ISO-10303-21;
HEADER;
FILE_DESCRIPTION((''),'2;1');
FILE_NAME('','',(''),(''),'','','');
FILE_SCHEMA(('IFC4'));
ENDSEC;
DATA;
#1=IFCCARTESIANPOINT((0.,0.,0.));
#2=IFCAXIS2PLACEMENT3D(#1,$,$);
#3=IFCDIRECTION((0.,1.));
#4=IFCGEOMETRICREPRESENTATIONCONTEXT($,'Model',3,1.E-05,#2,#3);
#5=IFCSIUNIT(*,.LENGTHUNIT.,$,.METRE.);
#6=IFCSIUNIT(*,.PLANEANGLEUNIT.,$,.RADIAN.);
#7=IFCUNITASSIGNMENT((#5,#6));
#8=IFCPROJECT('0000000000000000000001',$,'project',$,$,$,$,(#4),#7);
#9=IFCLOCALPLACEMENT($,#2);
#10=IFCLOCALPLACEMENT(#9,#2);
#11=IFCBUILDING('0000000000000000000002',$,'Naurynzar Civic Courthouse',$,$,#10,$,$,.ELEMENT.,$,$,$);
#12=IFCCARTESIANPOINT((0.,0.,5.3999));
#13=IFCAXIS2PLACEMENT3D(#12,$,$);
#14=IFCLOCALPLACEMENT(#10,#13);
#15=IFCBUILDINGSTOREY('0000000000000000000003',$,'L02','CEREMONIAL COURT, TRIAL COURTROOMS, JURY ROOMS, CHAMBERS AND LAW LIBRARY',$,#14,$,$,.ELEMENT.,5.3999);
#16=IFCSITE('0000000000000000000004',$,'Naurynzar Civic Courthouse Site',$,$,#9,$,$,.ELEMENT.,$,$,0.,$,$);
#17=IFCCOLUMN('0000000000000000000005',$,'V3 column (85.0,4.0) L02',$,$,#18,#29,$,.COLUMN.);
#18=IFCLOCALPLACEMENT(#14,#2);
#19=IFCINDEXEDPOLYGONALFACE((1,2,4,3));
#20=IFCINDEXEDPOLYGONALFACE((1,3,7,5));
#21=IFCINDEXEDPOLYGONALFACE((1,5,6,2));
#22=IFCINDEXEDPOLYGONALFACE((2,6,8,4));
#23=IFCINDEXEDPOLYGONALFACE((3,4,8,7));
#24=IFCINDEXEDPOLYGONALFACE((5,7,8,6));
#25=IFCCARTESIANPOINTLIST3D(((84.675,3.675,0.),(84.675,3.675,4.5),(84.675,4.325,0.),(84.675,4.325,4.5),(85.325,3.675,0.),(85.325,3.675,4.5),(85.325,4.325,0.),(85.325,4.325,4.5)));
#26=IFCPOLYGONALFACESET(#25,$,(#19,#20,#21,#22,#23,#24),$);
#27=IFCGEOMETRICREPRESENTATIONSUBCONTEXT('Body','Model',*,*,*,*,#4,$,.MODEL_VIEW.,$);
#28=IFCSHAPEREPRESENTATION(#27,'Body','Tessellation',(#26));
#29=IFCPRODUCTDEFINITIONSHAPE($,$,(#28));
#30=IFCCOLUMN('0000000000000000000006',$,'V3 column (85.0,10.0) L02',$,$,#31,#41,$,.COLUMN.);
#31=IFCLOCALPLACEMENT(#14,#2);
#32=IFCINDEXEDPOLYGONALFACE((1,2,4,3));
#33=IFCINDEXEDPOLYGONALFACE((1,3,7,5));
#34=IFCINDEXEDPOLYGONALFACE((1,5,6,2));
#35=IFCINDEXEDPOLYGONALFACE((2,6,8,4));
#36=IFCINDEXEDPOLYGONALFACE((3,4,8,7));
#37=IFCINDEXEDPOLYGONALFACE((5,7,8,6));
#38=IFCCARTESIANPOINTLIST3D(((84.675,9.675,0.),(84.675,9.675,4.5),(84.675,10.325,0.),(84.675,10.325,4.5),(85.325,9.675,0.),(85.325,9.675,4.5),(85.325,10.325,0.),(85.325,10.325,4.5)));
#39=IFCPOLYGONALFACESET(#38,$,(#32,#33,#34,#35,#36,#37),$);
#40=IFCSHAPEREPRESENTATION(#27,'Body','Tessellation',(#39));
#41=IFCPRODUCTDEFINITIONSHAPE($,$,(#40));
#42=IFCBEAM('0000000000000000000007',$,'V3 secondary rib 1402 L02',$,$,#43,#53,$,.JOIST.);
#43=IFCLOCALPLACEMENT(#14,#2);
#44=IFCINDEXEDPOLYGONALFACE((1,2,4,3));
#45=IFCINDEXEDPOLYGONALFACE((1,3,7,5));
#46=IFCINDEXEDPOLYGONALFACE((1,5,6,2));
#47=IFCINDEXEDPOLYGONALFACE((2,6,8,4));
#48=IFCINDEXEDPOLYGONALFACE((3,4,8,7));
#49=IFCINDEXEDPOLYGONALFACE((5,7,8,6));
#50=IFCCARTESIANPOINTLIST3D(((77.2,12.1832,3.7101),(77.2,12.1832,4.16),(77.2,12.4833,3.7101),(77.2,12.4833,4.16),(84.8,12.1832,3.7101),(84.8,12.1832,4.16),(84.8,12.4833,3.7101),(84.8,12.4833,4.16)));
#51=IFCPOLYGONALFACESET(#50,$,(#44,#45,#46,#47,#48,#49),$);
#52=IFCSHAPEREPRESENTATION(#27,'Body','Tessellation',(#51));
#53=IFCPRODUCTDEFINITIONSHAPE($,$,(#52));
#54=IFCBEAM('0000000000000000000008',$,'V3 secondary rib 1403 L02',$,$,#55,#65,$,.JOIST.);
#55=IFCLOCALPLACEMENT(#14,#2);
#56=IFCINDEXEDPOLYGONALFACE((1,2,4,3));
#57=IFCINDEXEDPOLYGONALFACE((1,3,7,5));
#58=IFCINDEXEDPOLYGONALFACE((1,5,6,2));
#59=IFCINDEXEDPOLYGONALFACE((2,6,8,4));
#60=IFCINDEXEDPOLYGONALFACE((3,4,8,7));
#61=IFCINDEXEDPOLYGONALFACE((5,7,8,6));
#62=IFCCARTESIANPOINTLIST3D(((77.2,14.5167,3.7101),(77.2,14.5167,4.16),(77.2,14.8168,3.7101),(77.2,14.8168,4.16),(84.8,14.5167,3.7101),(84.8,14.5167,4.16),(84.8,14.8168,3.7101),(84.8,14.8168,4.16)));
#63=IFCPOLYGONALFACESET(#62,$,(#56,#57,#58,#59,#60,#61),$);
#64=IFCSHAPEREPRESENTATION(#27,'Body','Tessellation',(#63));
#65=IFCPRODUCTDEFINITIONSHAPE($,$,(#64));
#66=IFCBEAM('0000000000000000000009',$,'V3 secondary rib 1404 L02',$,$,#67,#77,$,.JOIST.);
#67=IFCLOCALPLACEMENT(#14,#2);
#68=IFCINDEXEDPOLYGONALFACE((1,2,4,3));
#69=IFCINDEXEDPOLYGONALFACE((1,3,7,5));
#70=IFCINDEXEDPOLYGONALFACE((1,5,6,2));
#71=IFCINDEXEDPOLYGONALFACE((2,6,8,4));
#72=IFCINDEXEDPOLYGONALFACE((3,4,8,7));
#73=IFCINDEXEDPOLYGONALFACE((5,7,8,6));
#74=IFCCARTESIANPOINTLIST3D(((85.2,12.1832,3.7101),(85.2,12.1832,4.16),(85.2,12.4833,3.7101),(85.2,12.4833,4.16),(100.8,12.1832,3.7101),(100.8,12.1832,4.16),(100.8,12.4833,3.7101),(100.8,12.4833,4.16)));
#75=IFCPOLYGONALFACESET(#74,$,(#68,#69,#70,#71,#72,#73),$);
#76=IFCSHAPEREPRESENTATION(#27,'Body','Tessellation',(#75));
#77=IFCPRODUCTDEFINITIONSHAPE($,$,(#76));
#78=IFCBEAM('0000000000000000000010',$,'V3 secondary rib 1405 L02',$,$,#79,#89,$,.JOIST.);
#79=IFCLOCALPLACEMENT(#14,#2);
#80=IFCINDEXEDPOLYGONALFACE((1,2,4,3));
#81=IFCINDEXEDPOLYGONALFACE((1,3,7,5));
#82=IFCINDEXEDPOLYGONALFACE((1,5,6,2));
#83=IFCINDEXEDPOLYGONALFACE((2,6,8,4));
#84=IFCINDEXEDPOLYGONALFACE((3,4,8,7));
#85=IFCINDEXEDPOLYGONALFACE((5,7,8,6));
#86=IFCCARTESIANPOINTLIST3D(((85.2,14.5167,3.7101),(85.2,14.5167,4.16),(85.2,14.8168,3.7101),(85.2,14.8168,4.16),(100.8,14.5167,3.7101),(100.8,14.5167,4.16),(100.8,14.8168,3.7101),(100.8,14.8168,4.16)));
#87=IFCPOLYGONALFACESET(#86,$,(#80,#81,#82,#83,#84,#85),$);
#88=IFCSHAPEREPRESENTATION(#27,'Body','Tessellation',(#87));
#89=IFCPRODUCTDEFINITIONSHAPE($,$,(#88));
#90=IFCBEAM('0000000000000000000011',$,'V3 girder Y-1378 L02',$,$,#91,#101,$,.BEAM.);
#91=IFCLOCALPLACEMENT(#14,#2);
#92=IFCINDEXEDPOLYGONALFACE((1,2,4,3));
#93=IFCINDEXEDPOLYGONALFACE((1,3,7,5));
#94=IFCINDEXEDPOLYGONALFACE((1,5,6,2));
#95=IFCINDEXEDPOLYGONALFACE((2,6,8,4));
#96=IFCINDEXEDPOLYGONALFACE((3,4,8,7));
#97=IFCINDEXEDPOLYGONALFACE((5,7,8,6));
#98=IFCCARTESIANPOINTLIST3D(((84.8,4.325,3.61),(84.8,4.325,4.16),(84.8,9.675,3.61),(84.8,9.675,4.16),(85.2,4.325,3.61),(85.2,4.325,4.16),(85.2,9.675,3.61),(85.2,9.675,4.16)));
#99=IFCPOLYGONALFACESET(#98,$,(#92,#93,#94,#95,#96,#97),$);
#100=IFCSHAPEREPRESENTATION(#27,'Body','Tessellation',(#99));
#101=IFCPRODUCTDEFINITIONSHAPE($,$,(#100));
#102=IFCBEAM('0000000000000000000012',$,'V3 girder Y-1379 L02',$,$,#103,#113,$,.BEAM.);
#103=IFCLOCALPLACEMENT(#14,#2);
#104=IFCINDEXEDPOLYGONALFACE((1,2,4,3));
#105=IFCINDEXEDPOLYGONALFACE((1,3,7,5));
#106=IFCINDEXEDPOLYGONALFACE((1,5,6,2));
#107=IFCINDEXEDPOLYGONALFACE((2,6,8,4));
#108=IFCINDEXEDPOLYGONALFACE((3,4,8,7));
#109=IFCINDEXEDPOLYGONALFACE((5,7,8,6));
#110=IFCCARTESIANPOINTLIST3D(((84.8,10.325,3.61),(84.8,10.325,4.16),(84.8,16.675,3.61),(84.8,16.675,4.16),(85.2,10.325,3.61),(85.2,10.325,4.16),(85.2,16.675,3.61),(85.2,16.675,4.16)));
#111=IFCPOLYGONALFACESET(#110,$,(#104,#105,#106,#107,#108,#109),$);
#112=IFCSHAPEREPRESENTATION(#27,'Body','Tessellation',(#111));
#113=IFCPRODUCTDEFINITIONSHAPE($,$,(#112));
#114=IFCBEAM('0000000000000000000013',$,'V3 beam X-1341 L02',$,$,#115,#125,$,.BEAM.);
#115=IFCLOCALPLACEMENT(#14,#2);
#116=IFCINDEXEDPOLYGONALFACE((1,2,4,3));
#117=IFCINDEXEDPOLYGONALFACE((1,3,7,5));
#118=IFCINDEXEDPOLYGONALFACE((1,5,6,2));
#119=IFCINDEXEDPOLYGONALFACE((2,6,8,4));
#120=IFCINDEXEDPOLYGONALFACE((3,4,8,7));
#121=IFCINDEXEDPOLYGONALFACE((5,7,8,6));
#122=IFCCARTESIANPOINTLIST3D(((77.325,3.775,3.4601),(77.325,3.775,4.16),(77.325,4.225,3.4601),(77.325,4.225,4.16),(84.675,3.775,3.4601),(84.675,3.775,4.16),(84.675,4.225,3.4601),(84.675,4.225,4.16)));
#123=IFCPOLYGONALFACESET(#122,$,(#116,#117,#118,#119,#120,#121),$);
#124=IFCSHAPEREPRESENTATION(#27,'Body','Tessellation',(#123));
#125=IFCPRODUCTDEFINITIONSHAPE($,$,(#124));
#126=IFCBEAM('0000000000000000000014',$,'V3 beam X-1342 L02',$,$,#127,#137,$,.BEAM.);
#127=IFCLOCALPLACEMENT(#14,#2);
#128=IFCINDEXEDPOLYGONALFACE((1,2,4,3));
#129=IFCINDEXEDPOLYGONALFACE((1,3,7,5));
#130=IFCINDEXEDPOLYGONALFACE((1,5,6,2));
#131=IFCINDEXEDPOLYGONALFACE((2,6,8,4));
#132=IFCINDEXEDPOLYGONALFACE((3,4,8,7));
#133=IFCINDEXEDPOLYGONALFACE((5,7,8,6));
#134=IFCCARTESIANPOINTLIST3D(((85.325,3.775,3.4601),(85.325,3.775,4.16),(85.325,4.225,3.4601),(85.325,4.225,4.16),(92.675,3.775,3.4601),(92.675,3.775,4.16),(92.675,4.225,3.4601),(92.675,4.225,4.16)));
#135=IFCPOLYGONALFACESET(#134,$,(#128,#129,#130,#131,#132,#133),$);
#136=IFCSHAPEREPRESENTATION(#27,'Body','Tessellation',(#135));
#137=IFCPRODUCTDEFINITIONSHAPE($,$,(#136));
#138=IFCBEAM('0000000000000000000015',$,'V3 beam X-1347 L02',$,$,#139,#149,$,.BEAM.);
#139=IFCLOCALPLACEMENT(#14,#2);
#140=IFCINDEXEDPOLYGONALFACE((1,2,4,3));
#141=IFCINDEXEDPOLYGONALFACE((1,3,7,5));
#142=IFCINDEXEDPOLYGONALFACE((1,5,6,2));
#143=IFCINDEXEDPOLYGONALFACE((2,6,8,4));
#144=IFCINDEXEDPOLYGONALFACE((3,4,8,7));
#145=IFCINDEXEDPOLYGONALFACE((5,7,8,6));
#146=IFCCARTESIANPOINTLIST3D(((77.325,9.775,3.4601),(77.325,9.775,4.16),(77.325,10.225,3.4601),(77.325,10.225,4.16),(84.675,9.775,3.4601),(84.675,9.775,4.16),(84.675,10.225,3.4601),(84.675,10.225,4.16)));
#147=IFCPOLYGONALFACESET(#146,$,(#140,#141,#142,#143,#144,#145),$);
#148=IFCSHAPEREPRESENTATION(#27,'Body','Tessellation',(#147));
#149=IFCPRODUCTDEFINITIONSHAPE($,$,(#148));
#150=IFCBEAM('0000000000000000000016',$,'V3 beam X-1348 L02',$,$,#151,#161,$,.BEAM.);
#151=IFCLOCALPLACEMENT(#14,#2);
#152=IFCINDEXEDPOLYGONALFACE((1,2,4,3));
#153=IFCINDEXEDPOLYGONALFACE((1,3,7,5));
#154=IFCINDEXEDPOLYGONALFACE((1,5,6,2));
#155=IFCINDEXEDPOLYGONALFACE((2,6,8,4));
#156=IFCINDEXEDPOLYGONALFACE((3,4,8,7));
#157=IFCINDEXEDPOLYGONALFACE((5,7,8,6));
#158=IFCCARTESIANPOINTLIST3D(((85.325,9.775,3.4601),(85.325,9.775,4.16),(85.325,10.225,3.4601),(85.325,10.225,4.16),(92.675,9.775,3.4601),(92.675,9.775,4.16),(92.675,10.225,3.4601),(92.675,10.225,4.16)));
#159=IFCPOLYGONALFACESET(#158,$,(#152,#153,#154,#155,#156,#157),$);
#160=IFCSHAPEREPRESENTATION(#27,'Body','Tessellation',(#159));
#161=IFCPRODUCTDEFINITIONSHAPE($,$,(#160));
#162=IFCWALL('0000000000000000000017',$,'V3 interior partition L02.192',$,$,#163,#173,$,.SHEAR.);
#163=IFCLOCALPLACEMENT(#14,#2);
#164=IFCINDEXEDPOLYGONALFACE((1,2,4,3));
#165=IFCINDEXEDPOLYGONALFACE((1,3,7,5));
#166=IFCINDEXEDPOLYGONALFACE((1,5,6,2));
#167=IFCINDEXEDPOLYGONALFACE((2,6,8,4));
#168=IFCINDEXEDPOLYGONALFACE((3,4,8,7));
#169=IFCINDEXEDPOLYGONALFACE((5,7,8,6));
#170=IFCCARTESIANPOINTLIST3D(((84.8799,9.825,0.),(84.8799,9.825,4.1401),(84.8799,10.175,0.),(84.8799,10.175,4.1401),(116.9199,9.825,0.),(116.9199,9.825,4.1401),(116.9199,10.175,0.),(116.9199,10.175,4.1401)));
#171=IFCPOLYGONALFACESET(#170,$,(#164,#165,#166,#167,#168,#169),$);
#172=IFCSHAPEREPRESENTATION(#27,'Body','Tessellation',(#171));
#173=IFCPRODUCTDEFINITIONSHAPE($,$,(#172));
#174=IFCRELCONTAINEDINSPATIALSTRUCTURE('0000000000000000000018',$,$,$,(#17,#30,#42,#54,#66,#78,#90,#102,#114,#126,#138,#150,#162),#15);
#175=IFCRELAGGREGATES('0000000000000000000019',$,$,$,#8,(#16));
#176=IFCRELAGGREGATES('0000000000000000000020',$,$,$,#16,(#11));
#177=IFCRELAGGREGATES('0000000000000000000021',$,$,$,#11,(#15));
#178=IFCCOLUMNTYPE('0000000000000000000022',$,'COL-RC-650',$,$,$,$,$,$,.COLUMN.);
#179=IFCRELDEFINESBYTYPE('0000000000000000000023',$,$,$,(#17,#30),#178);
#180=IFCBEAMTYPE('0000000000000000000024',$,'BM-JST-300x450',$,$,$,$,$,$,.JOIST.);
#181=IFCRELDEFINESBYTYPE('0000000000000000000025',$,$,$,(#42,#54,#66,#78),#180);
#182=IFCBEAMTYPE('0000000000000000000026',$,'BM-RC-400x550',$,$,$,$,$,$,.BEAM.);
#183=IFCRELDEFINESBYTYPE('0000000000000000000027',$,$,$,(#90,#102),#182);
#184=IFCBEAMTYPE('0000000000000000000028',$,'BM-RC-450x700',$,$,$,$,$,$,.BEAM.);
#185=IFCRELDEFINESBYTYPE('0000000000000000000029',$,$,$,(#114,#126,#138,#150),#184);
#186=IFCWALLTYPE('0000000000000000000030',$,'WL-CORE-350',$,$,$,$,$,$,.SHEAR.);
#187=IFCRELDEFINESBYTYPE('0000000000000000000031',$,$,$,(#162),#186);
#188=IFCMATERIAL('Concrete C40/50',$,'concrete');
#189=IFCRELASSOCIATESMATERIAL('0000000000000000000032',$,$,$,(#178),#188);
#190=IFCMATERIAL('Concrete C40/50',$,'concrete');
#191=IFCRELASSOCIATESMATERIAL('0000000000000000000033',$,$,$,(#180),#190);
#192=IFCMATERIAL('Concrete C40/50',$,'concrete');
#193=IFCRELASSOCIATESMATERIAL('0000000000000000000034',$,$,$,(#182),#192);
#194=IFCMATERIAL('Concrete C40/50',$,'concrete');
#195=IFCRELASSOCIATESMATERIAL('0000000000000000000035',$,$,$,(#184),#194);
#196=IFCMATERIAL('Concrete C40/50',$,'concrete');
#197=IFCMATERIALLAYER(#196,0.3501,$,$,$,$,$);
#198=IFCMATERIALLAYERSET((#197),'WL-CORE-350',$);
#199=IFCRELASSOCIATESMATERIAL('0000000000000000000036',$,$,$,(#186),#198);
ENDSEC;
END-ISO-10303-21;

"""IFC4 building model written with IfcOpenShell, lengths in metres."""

from ifc_helpers import new_model, si_unit, direction, frame, frame_2d, origin, origin_2d, place, context, subcontext, project, spatial, rectangle, extrude, material, layer, layer_set, material_profile, profile_set, type_object, element, save


model = new_model("IFC4")

# Units and contexts
model_context = context("Model", 3, precision=1e-05, world=origin(), true_north=direction((0.0, 1.0)))
body_context = subcontext(model_context, "Body", "Model", "MODEL_VIEW")
ifc_project = project(units=[si_unit("LENGTHUNIT", "METRE"), si_unit("PLANEANGLEUNIT", "RADIAN")], contexts=[model_context])

# Site, building, storey
site_placement = place(None, origin())
site = spatial("IfcSite", under=ifc_project, at=site_placement, Name="Naurynzar Civic Courthouse Site", CompositionType="ELEMENT", RefElevation=0.0)
building_placement = place(site_placement, origin())
building = spatial("IfcBuilding", under=site, at=building_placement, Name="Naurynzar Civic Courthouse", CompositionType="ELEMENT")
storey_placement = place(building_placement, frame((0.0, 0.0, 5.3999)))
storey = spatial("IfcBuildingStorey", under=building, at=storey_placement, Name="L02", Description="CEREMONIAL COURT, TRIAL COURTROOMS, JURY ROOMS, CHAMBERS AND LAW LIBRARY", CompositionType="ELEMENT", Elevation=5.3999)

# Columns
ifc_material_1 = material(Name="Concrete C40/50", Category="concrete")
ifc_material_profile_1 = material_profile(ifc_material_1, rectangle(XDim=0.6499, YDim=0.6499, at=origin_2d()), Name="RC 650x650")
ifc_profile_set_1 = profile_set([ifc_material_profile_1], Name="Concrete C40/50")
column_type = type_object("IfcColumnType", Name="COL-RC-650", PredefinedType="COLUMN", material=ifc_profile_set_1)
for number, where, z_axis, x_axis, name in (
    (1, (85.0, 4.0, 0.0), (0.0, 0.0, 1.0), (1.0, 0.0, 0.0), "V3 column (85.0,4.0) L02"),
    (2, (85.0, 10.0, 0.0), (0.0, 0.0, 1.0), (1.0, 0.0, 0.0), "V3 column (85.0,10.0) L02"),
):
    element("IfcColumn", number, at=place(storey_placement, frame(where, z_axis=z_axis, x_axis=x_axis)), inside=storey, type_object=column_type, Name=name, PredefinedType="COLUMN", context=body_context, shape_type="SweptSolid", body=[
        extrude(rectangle(XDim=0.6499, YDim=0.6499, at=origin_2d()), origin(), (0.0, 0.0, 1.0), 4.5),
    ])

# Beams
ifc_material_2 = material(Name="Concrete C40/50", Category="concrete")
ifc_material_profile_2 = material_profile(ifc_material_2, rectangle(XDim=0.3, YDim=0.45, at=origin_2d()), Name="RCJ 300x450")
ifc_profile_set_2 = profile_set([ifc_material_profile_2], Name="Concrete C40/50")
beam_type_1 = type_object("IfcBeamType", Name="BM-JST-300x450", PredefinedType="JOIST", material=ifc_profile_set_2)
for number, where, z_axis, x_axis, name in (
    (3, (77.2, 12.3333, 3.9351), (1.0, 0.0, 0.0), (0.0, 1.0, 0.0), "V3 secondary rib 1402 L02"),
    (4, (77.2, 14.6667, 3.9351), (1.0, 0.0, 0.0), (0.0, 1.0, 0.0), "V3 secondary rib 1403 L02"),
):
    element("IfcBeam", number, at=place(storey_placement, frame(where, z_axis=z_axis, x_axis=x_axis)), inside=storey, type_object=beam_type_1, Name=name, PredefinedType="JOIST", context=body_context, shape_type="SweptSolid", body=[
        extrude(rectangle(XDim=0.3, YDim=0.45, at=origin_2d()), origin(), (0.0, 0.0, 1.0), 7.6001),
    ])
for number, where, z_axis, x_axis, name in (
    (5, (85.2, 12.3333, 3.9351), (1.0, 0.0, 0.0), (0.0, 1.0, 0.0), "V3 secondary rib 1404 L02"),
    (6, (85.2, 14.6667, 3.9351), (1.0, 0.0, 0.0), (0.0, 1.0, 0.0), "V3 secondary rib 1405 L02"),
):
    element("IfcBeam", number, at=place(storey_placement, frame(where, z_axis=z_axis, x_axis=x_axis)), inside=storey, type_object=beam_type_1, Name=name, PredefinedType="JOIST", context=body_context, shape_type="SweptSolid", body=[
        extrude(rectangle(XDim=0.3, YDim=0.45, at=origin_2d()), origin(), (0.0, 0.0, 1.0), 15.6001),
    ])
ifc_material_3 = material(Name="Concrete C40/50", Category="concrete")
ifc_material_profile_3 = material_profile(ifc_material_3, rectangle(XDim=0.3999, YDim=0.55, at=origin_2d()), Name="RCB 400x550")
ifc_profile_set_3 = profile_set([ifc_material_profile_3], Name="Concrete C40/50")
beam_type_2 = type_object("IfcBeamType", Name="BM-RC-400x550", PredefinedType="BEAM", material=ifc_profile_set_3)
beam_1_placement = place(storey_placement, frame((85.0, 4.325, 3.885), z_axis=(0.0, 1.0, 0.0), x_axis=(-1.0, 0.0, 0.0)))
element("IfcBeam", 7, at=beam_1_placement, inside=storey, type_object=beam_type_2, Name="V3 girder Y-1378 L02", PredefinedType="BEAM", context=body_context, shape_type="SweptSolid", body=[
    extrude(rectangle(XDim=0.3999, YDim=0.55, at=origin_2d()), origin(), (0.0, 0.0, 1.0), 5.3501),
])
beam_2_placement = place(storey_placement, frame((85.0, 10.325, 3.885), z_axis=(0.0, 1.0, 0.0), x_axis=(-1.0, 0.0, 0.0)))
element("IfcBeam", 8, at=beam_2_placement, inside=storey, type_object=beam_type_2, Name="V3 girder Y-1379 L02", PredefinedType="BEAM", context=body_context, shape_type="SweptSolid", body=[
    extrude(rectangle(XDim=0.3999, YDim=0.55, at=origin_2d()), origin(), (0.0, 0.0, 1.0), 6.3501),
])
ifc_material_4 = material(Name="Concrete C40/50", Category="concrete")
ifc_material_profile_4 = material_profile(ifc_material_4, rectangle(XDim=0.45, YDim=0.7, at=origin_2d()), Name="RCB 450x700")
ifc_profile_set_4 = profile_set([ifc_material_profile_4], Name="Concrete C40/50")
beam_type_3 = type_object("IfcBeamType", Name="BM-RC-450x700", PredefinedType="BEAM", material=ifc_profile_set_4)
for number, where, z_axis, x_axis, name in (
    (9, (77.325, 4.0, 3.8101), (1.0, 0.0, 0.0), (0.0, 1.0, 0.0), "V3 beam X-1341 L02"),
    (10, (85.325, 4.0, 3.8101), (1.0, 0.0, 0.0), (0.0, 1.0, 0.0), "V3 beam X-1342 L02"),
    (11, (77.325, 10.0, 3.8101), (1.0, 0.0, 0.0), (0.0, 1.0, 0.0), "V3 beam X-1347 L02"),
    (12, (85.325, 10.0, 3.8101), (1.0, 0.0, 0.0), (0.0, 1.0, 0.0), "V3 beam X-1348 L02"),
):
    element("IfcBeam", number, at=place(storey_placement, frame(where, z_axis=z_axis, x_axis=x_axis)), inside=storey, type_object=beam_type_3, Name=name, PredefinedType="BEAM", context=body_context, shape_type="SweptSolid", body=[
        extrude(rectangle(XDim=0.45, YDim=0.7, at=origin_2d()), origin(), (0.0, 0.0, 1.0), 7.3501),
    ])

# Shared definitions
ifc_material_5 = material(Name="Concrete C40/50", Category="concrete")
ifc_layer_1 = layer(ifc_material_5, 0.3501)
ifc_layer_set_1 = layer_set([ifc_layer_1], Name="WL-CORE-350")
wall_type_1 = type_object("IfcWallType", Name="WL-CORE-350", PredefinedType="SHEAR", material=ifc_layer_set_1)

# Wall
wall_1_placement = place(storey_placement, frame((84.8799, 10.0, 0.0), z_axis=(0.0, 0.0, 1.0), x_axis=(1.0, 0.0, 0.0)))
element("IfcWall", 13, at=wall_1_placement, inside=storey, type_object=wall_type_1, Name="V3 interior partition L02.192", PredefinedType="SHEAR", context=body_context, shape_type="SweptSolid", body=[
    extrude(rectangle(XDim=32.04, YDim=0.3501, at=frame_2d((16.02, 0.0))), origin(), (0.0, 0.0, 1.0), 4.1401),
])

save(model, "model.ifc")
